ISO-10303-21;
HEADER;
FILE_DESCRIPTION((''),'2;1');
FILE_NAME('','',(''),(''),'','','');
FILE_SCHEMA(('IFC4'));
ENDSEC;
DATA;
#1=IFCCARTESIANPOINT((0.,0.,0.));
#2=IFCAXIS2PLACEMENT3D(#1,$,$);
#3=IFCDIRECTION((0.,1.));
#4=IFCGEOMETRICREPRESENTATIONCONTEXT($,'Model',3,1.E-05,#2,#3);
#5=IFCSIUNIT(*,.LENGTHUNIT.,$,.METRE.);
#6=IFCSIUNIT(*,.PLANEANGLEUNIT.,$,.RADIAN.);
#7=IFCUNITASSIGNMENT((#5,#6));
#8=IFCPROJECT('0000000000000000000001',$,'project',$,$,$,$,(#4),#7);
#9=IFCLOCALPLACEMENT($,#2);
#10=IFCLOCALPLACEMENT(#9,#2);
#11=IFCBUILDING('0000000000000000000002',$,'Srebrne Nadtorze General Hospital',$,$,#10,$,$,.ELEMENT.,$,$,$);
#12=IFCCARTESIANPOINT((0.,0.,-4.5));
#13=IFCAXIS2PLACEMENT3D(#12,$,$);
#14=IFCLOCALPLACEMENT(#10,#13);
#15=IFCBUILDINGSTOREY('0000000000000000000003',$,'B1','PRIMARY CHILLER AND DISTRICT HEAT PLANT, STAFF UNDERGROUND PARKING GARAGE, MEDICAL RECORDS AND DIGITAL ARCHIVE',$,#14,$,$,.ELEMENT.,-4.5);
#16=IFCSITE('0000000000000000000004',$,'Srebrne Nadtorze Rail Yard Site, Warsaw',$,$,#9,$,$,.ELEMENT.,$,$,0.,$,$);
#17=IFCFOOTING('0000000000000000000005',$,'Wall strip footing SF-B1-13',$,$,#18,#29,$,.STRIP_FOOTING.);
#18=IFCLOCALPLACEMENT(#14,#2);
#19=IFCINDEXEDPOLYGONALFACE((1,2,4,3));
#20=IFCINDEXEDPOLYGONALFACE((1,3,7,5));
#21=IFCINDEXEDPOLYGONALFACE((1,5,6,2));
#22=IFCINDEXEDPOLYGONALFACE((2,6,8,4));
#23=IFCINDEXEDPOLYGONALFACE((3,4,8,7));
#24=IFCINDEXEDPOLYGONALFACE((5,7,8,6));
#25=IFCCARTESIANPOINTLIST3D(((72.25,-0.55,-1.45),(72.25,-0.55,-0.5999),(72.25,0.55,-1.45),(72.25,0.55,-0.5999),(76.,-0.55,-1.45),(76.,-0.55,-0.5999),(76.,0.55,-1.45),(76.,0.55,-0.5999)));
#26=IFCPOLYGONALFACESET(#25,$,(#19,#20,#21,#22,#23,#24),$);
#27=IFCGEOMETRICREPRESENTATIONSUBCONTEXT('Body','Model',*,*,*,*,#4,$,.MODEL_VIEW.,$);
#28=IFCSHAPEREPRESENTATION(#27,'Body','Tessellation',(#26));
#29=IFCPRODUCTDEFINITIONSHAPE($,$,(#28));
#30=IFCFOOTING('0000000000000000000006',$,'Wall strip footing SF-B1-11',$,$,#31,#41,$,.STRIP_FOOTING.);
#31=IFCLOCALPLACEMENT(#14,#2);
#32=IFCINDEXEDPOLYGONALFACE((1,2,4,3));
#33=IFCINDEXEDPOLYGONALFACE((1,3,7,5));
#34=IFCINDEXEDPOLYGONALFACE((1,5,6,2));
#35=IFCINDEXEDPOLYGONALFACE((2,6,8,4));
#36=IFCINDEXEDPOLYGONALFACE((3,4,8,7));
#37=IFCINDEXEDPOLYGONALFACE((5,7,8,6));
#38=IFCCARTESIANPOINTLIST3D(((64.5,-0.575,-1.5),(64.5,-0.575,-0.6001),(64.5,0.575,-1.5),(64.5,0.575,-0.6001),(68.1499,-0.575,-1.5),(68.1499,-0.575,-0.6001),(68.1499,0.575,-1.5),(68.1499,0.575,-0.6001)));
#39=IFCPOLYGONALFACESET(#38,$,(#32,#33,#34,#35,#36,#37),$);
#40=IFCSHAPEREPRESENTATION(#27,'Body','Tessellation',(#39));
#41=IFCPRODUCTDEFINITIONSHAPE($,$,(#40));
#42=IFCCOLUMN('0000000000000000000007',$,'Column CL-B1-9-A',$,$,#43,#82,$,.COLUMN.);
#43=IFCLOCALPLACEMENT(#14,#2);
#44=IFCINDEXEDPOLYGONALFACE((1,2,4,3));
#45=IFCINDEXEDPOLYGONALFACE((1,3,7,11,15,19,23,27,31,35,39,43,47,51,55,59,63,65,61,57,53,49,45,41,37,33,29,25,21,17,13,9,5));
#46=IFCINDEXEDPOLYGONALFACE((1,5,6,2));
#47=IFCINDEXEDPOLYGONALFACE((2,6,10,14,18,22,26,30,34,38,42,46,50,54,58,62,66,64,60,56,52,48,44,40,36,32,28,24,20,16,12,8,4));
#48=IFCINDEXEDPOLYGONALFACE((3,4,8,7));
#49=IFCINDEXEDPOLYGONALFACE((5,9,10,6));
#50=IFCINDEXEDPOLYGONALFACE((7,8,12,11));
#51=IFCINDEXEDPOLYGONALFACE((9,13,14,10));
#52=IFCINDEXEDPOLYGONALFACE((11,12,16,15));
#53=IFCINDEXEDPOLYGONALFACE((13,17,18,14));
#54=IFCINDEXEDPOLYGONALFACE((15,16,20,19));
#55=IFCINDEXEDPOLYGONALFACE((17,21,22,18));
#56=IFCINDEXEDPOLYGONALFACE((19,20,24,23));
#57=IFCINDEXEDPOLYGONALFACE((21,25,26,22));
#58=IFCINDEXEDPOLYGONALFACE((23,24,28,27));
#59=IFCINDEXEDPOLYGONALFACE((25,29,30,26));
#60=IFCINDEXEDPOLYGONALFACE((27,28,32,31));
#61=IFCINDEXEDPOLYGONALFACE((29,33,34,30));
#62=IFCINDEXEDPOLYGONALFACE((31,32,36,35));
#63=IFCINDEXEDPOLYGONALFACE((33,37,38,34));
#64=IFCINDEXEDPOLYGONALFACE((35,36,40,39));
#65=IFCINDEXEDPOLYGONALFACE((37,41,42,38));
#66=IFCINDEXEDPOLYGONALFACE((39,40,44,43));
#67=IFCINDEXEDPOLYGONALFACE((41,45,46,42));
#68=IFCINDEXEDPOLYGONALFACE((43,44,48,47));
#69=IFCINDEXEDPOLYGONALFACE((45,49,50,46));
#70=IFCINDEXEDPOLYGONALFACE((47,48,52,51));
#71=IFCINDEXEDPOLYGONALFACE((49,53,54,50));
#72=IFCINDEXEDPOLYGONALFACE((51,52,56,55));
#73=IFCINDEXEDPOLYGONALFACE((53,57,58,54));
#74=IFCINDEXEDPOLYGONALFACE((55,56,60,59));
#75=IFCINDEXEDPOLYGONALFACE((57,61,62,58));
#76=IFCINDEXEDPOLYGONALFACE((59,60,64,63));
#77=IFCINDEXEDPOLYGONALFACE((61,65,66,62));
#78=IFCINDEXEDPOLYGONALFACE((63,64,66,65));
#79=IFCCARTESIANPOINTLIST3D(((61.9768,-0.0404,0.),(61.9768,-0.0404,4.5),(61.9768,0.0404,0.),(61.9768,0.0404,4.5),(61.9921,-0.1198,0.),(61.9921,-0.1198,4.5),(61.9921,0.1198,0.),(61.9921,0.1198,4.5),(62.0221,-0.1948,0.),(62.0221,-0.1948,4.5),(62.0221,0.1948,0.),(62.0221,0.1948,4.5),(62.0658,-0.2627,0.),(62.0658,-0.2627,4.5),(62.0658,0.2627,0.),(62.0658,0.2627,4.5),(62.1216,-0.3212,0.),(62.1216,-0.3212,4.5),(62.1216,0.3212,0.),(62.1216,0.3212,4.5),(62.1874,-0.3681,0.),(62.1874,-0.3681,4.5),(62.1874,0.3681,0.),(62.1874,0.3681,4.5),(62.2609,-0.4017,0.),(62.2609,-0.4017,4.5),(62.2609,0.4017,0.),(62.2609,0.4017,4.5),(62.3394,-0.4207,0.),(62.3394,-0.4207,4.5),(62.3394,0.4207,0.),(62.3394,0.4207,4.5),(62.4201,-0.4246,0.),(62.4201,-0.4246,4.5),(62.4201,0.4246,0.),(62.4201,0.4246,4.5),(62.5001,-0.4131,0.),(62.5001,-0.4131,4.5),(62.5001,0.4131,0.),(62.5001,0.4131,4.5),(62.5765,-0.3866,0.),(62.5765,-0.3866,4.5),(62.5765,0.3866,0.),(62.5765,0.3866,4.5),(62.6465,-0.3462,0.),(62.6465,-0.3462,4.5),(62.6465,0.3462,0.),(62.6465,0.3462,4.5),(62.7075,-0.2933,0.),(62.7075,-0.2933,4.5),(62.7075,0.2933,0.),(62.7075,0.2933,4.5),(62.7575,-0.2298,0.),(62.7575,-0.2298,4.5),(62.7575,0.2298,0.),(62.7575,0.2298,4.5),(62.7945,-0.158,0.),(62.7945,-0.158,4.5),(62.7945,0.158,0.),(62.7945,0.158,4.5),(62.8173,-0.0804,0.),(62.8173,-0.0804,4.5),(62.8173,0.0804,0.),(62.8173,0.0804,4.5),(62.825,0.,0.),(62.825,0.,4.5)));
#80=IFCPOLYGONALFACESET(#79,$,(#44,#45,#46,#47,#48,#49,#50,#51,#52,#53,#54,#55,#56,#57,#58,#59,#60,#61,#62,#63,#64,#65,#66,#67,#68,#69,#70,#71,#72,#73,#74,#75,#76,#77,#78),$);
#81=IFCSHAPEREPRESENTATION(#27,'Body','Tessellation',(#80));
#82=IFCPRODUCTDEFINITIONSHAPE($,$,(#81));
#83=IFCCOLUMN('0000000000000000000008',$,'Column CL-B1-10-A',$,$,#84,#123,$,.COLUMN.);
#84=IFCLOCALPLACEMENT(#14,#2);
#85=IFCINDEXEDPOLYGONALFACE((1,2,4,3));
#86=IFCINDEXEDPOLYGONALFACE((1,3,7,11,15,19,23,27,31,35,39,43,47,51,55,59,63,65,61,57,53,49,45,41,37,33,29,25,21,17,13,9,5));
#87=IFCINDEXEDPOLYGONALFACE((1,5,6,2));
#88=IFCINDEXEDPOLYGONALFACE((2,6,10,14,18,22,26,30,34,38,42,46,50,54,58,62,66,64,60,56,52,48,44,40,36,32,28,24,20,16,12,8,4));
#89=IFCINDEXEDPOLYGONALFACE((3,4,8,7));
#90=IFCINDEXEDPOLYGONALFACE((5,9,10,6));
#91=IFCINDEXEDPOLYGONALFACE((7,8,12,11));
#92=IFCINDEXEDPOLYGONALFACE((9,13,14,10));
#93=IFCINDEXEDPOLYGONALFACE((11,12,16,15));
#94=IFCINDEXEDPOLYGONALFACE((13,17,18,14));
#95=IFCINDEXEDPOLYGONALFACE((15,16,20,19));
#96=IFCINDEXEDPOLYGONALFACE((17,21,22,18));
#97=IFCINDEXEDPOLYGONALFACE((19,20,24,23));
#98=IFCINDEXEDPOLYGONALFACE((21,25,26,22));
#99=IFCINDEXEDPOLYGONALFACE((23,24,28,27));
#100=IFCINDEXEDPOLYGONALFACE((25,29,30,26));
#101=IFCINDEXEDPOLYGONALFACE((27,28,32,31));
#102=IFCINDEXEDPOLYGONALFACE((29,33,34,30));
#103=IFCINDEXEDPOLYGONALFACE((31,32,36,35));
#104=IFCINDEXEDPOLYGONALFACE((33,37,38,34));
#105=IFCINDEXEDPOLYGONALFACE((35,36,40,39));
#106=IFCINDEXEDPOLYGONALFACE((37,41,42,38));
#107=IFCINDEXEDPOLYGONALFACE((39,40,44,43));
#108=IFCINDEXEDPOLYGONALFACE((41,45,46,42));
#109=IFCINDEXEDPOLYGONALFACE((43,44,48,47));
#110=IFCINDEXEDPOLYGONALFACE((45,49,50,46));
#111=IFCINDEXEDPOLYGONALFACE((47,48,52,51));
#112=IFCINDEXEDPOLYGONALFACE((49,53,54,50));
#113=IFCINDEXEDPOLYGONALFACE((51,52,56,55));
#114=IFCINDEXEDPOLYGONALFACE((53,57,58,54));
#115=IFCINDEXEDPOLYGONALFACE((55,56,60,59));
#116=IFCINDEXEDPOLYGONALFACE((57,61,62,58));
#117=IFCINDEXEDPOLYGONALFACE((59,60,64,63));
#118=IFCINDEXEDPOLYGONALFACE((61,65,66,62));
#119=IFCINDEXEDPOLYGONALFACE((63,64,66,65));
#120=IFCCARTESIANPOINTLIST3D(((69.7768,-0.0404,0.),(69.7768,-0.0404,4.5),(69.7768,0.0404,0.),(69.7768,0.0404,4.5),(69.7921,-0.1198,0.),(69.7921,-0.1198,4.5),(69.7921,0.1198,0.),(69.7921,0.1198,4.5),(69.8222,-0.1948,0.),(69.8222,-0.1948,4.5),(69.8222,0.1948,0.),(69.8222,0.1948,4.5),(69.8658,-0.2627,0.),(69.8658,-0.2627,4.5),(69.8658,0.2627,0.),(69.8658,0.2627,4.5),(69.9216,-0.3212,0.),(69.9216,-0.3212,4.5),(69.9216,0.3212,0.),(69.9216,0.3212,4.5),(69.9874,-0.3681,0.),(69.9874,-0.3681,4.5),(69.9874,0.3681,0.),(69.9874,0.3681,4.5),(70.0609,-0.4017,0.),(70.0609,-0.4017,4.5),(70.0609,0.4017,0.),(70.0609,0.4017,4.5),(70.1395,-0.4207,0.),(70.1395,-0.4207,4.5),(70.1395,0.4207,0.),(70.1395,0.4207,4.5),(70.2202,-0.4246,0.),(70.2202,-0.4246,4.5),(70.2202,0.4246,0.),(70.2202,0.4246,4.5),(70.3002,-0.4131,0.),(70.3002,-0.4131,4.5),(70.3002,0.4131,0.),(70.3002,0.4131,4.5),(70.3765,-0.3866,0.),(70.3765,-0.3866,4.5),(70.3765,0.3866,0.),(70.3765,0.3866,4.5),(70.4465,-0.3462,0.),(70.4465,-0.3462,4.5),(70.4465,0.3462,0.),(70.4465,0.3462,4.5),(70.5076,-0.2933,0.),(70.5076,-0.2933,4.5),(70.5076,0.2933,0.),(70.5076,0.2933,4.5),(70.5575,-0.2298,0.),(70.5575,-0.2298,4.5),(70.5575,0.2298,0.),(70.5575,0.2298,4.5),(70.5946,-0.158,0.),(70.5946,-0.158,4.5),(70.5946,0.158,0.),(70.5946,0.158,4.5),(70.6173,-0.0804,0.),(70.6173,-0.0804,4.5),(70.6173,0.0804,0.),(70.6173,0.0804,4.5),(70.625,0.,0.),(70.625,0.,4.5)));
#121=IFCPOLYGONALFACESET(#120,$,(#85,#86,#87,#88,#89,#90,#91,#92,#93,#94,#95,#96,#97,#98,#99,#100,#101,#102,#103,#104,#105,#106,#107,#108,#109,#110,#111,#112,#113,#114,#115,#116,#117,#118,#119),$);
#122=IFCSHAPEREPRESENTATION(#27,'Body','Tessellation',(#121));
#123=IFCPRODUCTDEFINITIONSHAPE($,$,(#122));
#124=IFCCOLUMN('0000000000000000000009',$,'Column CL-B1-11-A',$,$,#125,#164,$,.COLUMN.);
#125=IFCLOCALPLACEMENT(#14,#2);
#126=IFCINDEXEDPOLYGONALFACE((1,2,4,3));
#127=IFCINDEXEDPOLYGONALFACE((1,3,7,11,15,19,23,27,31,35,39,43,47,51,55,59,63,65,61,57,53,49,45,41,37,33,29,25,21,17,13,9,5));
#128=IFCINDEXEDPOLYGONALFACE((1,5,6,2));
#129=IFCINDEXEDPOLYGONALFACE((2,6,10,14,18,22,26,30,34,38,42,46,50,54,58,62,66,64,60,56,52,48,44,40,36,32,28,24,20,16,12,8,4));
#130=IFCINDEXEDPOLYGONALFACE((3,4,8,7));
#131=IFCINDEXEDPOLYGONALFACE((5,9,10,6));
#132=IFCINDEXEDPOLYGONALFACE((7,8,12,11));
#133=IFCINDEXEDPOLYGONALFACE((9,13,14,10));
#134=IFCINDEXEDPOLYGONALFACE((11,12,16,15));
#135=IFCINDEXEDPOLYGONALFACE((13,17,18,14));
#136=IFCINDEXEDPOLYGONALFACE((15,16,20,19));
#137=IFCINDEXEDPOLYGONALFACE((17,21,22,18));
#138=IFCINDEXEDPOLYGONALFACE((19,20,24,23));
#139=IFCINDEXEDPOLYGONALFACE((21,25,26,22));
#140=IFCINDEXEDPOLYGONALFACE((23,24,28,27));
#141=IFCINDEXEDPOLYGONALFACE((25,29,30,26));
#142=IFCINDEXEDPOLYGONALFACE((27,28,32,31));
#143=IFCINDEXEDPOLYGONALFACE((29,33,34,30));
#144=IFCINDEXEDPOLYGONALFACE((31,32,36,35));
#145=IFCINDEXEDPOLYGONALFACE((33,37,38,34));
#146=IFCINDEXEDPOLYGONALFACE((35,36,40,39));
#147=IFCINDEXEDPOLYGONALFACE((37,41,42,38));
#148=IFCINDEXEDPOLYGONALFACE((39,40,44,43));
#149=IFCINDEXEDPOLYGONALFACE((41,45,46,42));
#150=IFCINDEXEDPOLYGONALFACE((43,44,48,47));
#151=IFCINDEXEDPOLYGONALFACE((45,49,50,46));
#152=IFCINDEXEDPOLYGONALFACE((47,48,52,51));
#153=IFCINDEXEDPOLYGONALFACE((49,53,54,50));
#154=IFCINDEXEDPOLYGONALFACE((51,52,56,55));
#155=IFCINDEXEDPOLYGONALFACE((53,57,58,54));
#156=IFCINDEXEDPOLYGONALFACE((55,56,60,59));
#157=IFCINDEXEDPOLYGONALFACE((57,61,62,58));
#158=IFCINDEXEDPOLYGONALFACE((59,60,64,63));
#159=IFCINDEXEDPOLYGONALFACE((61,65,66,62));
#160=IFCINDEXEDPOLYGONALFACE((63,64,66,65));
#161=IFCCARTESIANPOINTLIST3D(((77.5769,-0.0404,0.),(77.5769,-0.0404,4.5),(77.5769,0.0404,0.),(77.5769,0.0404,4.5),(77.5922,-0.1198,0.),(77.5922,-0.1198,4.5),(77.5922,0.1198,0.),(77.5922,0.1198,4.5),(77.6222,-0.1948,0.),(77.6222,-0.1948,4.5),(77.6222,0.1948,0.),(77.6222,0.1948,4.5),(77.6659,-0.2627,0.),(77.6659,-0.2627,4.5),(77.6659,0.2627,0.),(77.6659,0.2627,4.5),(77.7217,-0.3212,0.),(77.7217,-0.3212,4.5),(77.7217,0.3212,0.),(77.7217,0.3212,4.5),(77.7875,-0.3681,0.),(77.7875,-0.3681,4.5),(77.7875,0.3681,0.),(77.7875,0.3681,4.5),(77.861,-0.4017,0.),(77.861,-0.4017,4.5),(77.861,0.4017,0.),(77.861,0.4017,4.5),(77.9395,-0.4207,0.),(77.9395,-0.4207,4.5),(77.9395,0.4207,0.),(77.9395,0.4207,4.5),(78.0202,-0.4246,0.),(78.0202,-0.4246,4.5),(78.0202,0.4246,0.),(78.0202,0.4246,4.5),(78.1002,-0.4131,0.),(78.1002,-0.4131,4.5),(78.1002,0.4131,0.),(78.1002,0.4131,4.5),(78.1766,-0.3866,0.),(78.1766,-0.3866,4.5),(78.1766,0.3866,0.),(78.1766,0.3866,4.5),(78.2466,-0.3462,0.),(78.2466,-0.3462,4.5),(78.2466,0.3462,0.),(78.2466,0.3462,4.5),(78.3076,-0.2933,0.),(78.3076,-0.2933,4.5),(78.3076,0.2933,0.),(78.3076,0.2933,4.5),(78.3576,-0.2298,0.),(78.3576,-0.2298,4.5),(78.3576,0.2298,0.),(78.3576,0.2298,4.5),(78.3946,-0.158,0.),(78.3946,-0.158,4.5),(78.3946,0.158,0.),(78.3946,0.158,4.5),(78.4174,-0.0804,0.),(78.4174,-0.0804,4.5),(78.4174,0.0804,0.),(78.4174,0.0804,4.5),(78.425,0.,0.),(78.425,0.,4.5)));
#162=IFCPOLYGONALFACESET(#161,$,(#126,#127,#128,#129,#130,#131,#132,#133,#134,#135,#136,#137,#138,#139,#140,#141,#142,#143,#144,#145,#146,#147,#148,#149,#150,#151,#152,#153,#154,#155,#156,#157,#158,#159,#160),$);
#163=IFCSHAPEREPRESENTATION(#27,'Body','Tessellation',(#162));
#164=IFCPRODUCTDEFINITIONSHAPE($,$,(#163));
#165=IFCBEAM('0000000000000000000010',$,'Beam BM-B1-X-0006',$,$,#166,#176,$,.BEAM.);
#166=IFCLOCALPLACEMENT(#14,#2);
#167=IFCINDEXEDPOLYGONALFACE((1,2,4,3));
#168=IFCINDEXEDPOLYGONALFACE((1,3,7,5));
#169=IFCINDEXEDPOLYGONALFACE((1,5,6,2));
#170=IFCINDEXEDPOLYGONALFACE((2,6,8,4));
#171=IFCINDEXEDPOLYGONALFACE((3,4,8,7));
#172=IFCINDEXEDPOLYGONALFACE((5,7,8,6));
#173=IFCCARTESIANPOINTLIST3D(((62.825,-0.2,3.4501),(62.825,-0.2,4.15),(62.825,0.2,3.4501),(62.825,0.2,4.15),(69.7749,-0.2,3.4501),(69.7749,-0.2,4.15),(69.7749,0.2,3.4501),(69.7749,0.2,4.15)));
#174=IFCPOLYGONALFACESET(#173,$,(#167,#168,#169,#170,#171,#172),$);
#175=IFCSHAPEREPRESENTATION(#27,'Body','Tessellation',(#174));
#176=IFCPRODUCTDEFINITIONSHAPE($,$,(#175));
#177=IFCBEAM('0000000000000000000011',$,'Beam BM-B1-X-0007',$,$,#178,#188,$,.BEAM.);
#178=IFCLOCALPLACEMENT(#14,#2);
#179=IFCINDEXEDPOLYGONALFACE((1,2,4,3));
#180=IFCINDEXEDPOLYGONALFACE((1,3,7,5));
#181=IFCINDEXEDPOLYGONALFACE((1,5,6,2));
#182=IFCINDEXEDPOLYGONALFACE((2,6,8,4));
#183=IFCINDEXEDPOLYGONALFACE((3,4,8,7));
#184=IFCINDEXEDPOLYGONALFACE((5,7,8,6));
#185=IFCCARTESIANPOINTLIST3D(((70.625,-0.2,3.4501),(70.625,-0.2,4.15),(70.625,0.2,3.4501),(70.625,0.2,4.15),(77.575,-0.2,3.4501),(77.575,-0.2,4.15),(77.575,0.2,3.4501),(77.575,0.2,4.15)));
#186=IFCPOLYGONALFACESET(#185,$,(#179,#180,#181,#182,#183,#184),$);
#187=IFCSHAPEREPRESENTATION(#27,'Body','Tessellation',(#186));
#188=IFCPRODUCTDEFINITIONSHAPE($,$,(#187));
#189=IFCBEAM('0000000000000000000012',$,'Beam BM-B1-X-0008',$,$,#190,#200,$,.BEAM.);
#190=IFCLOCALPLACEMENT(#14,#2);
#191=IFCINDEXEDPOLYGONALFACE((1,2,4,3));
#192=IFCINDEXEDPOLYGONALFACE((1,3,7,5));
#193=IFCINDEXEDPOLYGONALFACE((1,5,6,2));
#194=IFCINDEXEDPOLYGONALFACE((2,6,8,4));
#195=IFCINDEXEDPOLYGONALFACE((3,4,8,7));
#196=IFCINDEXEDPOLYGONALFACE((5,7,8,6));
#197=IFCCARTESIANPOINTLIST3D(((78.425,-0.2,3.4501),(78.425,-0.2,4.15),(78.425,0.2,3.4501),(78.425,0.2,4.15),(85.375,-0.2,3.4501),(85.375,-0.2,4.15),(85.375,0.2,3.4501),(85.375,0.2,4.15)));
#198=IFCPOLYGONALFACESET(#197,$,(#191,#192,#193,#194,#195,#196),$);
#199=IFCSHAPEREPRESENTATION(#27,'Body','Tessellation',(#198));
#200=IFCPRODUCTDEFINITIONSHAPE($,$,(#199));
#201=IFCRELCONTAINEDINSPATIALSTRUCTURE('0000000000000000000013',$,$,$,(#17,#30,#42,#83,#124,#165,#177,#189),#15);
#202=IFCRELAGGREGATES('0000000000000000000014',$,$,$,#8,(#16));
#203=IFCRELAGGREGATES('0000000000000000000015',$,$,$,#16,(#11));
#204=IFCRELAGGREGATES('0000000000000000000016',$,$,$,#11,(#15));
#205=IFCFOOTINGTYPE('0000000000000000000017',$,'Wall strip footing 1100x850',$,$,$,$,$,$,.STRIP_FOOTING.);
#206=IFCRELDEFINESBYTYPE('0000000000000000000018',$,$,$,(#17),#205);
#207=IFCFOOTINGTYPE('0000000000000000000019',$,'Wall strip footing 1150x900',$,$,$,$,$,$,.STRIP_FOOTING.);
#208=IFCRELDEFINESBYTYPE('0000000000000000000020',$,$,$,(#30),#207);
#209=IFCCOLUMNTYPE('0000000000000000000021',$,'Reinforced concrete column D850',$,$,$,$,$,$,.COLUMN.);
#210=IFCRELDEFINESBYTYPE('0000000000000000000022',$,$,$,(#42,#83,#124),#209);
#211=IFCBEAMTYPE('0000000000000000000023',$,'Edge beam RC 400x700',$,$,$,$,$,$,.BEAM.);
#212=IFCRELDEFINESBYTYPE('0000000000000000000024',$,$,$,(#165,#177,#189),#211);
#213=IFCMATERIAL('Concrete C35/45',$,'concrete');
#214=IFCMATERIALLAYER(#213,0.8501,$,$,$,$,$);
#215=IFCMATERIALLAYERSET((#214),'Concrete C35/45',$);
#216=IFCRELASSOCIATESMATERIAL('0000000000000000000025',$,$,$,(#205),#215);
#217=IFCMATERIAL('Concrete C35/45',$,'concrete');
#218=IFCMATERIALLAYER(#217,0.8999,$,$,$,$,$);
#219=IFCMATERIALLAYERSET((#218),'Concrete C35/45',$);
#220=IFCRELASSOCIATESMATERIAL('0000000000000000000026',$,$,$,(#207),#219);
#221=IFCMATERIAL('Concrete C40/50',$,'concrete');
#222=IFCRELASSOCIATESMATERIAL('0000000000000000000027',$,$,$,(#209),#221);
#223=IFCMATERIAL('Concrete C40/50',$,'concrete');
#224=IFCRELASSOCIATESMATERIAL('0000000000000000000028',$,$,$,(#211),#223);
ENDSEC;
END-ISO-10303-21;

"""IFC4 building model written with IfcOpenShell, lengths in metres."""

from ifc_helpers import new_model, si_unit, direction, frame, origin, origin_2d, place, context, subcontext, project, spatial, rectangle, circle, extrude, material, layer, layer_set, material_profile, profile_set, type_object, element, save


model = new_model("IFC4")

# Units and contexts
model_context = context("Model", 3, precision=1e-05, world=origin(), true_north=direction((0.0, 1.0)))
body_context = subcontext(model_context, "Body", "Model", "MODEL_VIEW")
ifc_project = project(units=[si_unit("LENGTHUNIT", "METRE"), si_unit("PLANEANGLEUNIT", "RADIAN")], contexts=[model_context])

# Site, building, storey
site_placement = place(None, origin())
site = spatial("IfcSite", under=ifc_project, at=site_placement, Name="Srebrne Nadtorze Rail Yard Site, Warsaw", CompositionType="ELEMENT", RefElevation=0.0)
building_placement = place(site_placement, origin())
building = spatial("IfcBuilding", under=site, at=building_placement, Name="Srebrne Nadtorze General Hospital", CompositionType="ELEMENT")
storey_placement = place(building_placement, frame((0.0, 0.0, -4.5)))
storey = spatial("IfcBuildingStorey", under=building, at=storey_placement, Name="B1", Description="PRIMARY CHILLER AND DISTRICT HEAT PLANT, STAFF UNDERGROUND PARKING GARAGE, MEDICAL RECORDS AND DIGITAL ARCHIVE", CompositionType="ELEMENT", Elevation=-4.5)

# Footings
ifc_material_1 = material(Name="Concrete C35/45", Category="concrete")
ifc_layer_1 = layer(ifc_material_1, 0.8501)
ifc_layer_set_1 = layer_set([ifc_layer_1], Name="Concrete C35/45")
footing_type_1 = type_object("IfcFootingType", Name="Wall strip footing 1100x850", PredefinedType="STRIP_FOOTING", material=ifc_layer_set_1)
footing_1_placement = place(storey_placement, frame((74.125, 0.0, -1.45), z_axis=(0.0, 0.0, 1.0), x_axis=(1.0, 0.0, 0.0)))
element("IfcFooting", 1, at=footing_1_placement, inside=storey, type_object=footing_type_1, Name="Wall strip footing SF-B1-13", PredefinedType="STRIP_FOOTING", context=body_context, shape_type="SweptSolid", body=[
    extrude(rectangle(XDim=3.75, YDim=1.1001, at=origin_2d()), origin(), (0.0, 0.0, 1.0), 0.8501),
])
ifc_material_2 = material(Name="Concrete C35/45", Category="concrete")
ifc_layer_2 = layer(ifc_material_2, 0.8999)
ifc_layer_set_2 = layer_set([ifc_layer_2], Name="Concrete C35/45")
footing_type_2 = type_object("IfcFootingType", Name="Wall strip footing 1150x900", PredefinedType="STRIP_FOOTING", material=ifc_layer_set_2)
footing_2_placement = place(storey_placement, frame((66.325, 0.0, -1.5), z_axis=(0.0, 0.0, 1.0), x_axis=(1.0, 0.0, 0.0)))
element("IfcFooting", 2, at=footing_2_placement, inside=storey, type_object=footing_type_2, Name="Wall strip footing SF-B1-11", PredefinedType="STRIP_FOOTING", context=body_context, shape_type="SweptSolid", body=[
    extrude(rectangle(XDim=3.6499, YDim=1.1499, at=origin_2d()), origin(), (0.0, 0.0, 1.0), 0.8999),
])

# Columns
ifc_material_3 = material(Name="Concrete C40/50", Category="concrete")
ifc_material_profile_1 = material_profile(ifc_material_3, circle(Radius=0.425, at=origin_2d()), Name="RC-COL-D850")
ifc_profile_set_1 = profile_set([ifc_material_profile_1], Name="Concrete C40/50")
column_type = type_object("IfcColumnType", Name="Reinforced concrete column D850", PredefinedType="COLUMN", material=ifc_profile_set_1)
for number, where, z_axis, x_axis, name in (
    (3, (62.3999, 0.0, 0.0), (0.0, 0.0, 1.0), (1.0, 0.0, 0.0), "Column CL-B1-9-A"),
    (4, (70.2, 0.0, 0.0), (0.0, 0.0, 1.0), (1.0, 0.0, 0.0), "Column CL-B1-10-A"),
    (5, (78.0, 0.0, 0.0), (0.0, 0.0, 1.0), (1.0, 0.0, 0.0), "Column CL-B1-11-A"),
):
    element("IfcColumn", number, at=place(storey_placement, frame(where, z_axis=z_axis, x_axis=x_axis)), inside=storey, type_object=column_type, Name=name, PredefinedType="COLUMN", context=body_context, shape_type="SweptSolid", body=[
        extrude(circle(Radius=0.425, at=origin_2d()), origin(), (0.0, 0.0, 1.0), 4.5),
    ])

# Beams
ifc_material_4 = material(Name="Concrete C40/50", Category="concrete")
ifc_material_profile_2 = material_profile(ifc_material_4, rectangle(XDim=0.3999, YDim=0.7, at=origin_2d()), Name="RC-BM-400x700")
ifc_profile_set_2 = profile_set([ifc_material_profile_2], Name="Concrete C40/50")
beam_type_1 = type_object("IfcBeamType", Name="Edge beam RC 400x700", PredefinedType="BEAM", material=ifc_profile_set_2)
for number, where, z_axis, x_axis, name in (
    (6, (62.825, 0.0, 3.8), (1.0, 0.0, 0.0), (0.0, 1.0, 0.0), "Beam BM-B1-X-0006"),
    (7, (70.625, 0.0, 3.8), (1.0, 0.0, 0.0), (0.0, 1.0, 0.0), "Beam BM-B1-X-0007"),
    (8, (78.425, 0.0, 3.8), (1.0, 0.0, 0.0), (0.0, 1.0, 0.0), "Beam BM-B1-X-0008"),
):
    element("IfcBeam", number, at=place(storey_placement, frame(where, z_axis=z_axis, x_axis=x_axis)), inside=storey, type_object=beam_type_1, Name=name, PredefinedType="BEAM", context=body_context, shape_type="SweptSolid", body=[
        extrude(rectangle(XDim=0.3999, YDim=0.7, at=origin_2d()), origin(), (0.0, 0.0, 1.0), 6.95),
    ])

save(model, "model.ifc")
